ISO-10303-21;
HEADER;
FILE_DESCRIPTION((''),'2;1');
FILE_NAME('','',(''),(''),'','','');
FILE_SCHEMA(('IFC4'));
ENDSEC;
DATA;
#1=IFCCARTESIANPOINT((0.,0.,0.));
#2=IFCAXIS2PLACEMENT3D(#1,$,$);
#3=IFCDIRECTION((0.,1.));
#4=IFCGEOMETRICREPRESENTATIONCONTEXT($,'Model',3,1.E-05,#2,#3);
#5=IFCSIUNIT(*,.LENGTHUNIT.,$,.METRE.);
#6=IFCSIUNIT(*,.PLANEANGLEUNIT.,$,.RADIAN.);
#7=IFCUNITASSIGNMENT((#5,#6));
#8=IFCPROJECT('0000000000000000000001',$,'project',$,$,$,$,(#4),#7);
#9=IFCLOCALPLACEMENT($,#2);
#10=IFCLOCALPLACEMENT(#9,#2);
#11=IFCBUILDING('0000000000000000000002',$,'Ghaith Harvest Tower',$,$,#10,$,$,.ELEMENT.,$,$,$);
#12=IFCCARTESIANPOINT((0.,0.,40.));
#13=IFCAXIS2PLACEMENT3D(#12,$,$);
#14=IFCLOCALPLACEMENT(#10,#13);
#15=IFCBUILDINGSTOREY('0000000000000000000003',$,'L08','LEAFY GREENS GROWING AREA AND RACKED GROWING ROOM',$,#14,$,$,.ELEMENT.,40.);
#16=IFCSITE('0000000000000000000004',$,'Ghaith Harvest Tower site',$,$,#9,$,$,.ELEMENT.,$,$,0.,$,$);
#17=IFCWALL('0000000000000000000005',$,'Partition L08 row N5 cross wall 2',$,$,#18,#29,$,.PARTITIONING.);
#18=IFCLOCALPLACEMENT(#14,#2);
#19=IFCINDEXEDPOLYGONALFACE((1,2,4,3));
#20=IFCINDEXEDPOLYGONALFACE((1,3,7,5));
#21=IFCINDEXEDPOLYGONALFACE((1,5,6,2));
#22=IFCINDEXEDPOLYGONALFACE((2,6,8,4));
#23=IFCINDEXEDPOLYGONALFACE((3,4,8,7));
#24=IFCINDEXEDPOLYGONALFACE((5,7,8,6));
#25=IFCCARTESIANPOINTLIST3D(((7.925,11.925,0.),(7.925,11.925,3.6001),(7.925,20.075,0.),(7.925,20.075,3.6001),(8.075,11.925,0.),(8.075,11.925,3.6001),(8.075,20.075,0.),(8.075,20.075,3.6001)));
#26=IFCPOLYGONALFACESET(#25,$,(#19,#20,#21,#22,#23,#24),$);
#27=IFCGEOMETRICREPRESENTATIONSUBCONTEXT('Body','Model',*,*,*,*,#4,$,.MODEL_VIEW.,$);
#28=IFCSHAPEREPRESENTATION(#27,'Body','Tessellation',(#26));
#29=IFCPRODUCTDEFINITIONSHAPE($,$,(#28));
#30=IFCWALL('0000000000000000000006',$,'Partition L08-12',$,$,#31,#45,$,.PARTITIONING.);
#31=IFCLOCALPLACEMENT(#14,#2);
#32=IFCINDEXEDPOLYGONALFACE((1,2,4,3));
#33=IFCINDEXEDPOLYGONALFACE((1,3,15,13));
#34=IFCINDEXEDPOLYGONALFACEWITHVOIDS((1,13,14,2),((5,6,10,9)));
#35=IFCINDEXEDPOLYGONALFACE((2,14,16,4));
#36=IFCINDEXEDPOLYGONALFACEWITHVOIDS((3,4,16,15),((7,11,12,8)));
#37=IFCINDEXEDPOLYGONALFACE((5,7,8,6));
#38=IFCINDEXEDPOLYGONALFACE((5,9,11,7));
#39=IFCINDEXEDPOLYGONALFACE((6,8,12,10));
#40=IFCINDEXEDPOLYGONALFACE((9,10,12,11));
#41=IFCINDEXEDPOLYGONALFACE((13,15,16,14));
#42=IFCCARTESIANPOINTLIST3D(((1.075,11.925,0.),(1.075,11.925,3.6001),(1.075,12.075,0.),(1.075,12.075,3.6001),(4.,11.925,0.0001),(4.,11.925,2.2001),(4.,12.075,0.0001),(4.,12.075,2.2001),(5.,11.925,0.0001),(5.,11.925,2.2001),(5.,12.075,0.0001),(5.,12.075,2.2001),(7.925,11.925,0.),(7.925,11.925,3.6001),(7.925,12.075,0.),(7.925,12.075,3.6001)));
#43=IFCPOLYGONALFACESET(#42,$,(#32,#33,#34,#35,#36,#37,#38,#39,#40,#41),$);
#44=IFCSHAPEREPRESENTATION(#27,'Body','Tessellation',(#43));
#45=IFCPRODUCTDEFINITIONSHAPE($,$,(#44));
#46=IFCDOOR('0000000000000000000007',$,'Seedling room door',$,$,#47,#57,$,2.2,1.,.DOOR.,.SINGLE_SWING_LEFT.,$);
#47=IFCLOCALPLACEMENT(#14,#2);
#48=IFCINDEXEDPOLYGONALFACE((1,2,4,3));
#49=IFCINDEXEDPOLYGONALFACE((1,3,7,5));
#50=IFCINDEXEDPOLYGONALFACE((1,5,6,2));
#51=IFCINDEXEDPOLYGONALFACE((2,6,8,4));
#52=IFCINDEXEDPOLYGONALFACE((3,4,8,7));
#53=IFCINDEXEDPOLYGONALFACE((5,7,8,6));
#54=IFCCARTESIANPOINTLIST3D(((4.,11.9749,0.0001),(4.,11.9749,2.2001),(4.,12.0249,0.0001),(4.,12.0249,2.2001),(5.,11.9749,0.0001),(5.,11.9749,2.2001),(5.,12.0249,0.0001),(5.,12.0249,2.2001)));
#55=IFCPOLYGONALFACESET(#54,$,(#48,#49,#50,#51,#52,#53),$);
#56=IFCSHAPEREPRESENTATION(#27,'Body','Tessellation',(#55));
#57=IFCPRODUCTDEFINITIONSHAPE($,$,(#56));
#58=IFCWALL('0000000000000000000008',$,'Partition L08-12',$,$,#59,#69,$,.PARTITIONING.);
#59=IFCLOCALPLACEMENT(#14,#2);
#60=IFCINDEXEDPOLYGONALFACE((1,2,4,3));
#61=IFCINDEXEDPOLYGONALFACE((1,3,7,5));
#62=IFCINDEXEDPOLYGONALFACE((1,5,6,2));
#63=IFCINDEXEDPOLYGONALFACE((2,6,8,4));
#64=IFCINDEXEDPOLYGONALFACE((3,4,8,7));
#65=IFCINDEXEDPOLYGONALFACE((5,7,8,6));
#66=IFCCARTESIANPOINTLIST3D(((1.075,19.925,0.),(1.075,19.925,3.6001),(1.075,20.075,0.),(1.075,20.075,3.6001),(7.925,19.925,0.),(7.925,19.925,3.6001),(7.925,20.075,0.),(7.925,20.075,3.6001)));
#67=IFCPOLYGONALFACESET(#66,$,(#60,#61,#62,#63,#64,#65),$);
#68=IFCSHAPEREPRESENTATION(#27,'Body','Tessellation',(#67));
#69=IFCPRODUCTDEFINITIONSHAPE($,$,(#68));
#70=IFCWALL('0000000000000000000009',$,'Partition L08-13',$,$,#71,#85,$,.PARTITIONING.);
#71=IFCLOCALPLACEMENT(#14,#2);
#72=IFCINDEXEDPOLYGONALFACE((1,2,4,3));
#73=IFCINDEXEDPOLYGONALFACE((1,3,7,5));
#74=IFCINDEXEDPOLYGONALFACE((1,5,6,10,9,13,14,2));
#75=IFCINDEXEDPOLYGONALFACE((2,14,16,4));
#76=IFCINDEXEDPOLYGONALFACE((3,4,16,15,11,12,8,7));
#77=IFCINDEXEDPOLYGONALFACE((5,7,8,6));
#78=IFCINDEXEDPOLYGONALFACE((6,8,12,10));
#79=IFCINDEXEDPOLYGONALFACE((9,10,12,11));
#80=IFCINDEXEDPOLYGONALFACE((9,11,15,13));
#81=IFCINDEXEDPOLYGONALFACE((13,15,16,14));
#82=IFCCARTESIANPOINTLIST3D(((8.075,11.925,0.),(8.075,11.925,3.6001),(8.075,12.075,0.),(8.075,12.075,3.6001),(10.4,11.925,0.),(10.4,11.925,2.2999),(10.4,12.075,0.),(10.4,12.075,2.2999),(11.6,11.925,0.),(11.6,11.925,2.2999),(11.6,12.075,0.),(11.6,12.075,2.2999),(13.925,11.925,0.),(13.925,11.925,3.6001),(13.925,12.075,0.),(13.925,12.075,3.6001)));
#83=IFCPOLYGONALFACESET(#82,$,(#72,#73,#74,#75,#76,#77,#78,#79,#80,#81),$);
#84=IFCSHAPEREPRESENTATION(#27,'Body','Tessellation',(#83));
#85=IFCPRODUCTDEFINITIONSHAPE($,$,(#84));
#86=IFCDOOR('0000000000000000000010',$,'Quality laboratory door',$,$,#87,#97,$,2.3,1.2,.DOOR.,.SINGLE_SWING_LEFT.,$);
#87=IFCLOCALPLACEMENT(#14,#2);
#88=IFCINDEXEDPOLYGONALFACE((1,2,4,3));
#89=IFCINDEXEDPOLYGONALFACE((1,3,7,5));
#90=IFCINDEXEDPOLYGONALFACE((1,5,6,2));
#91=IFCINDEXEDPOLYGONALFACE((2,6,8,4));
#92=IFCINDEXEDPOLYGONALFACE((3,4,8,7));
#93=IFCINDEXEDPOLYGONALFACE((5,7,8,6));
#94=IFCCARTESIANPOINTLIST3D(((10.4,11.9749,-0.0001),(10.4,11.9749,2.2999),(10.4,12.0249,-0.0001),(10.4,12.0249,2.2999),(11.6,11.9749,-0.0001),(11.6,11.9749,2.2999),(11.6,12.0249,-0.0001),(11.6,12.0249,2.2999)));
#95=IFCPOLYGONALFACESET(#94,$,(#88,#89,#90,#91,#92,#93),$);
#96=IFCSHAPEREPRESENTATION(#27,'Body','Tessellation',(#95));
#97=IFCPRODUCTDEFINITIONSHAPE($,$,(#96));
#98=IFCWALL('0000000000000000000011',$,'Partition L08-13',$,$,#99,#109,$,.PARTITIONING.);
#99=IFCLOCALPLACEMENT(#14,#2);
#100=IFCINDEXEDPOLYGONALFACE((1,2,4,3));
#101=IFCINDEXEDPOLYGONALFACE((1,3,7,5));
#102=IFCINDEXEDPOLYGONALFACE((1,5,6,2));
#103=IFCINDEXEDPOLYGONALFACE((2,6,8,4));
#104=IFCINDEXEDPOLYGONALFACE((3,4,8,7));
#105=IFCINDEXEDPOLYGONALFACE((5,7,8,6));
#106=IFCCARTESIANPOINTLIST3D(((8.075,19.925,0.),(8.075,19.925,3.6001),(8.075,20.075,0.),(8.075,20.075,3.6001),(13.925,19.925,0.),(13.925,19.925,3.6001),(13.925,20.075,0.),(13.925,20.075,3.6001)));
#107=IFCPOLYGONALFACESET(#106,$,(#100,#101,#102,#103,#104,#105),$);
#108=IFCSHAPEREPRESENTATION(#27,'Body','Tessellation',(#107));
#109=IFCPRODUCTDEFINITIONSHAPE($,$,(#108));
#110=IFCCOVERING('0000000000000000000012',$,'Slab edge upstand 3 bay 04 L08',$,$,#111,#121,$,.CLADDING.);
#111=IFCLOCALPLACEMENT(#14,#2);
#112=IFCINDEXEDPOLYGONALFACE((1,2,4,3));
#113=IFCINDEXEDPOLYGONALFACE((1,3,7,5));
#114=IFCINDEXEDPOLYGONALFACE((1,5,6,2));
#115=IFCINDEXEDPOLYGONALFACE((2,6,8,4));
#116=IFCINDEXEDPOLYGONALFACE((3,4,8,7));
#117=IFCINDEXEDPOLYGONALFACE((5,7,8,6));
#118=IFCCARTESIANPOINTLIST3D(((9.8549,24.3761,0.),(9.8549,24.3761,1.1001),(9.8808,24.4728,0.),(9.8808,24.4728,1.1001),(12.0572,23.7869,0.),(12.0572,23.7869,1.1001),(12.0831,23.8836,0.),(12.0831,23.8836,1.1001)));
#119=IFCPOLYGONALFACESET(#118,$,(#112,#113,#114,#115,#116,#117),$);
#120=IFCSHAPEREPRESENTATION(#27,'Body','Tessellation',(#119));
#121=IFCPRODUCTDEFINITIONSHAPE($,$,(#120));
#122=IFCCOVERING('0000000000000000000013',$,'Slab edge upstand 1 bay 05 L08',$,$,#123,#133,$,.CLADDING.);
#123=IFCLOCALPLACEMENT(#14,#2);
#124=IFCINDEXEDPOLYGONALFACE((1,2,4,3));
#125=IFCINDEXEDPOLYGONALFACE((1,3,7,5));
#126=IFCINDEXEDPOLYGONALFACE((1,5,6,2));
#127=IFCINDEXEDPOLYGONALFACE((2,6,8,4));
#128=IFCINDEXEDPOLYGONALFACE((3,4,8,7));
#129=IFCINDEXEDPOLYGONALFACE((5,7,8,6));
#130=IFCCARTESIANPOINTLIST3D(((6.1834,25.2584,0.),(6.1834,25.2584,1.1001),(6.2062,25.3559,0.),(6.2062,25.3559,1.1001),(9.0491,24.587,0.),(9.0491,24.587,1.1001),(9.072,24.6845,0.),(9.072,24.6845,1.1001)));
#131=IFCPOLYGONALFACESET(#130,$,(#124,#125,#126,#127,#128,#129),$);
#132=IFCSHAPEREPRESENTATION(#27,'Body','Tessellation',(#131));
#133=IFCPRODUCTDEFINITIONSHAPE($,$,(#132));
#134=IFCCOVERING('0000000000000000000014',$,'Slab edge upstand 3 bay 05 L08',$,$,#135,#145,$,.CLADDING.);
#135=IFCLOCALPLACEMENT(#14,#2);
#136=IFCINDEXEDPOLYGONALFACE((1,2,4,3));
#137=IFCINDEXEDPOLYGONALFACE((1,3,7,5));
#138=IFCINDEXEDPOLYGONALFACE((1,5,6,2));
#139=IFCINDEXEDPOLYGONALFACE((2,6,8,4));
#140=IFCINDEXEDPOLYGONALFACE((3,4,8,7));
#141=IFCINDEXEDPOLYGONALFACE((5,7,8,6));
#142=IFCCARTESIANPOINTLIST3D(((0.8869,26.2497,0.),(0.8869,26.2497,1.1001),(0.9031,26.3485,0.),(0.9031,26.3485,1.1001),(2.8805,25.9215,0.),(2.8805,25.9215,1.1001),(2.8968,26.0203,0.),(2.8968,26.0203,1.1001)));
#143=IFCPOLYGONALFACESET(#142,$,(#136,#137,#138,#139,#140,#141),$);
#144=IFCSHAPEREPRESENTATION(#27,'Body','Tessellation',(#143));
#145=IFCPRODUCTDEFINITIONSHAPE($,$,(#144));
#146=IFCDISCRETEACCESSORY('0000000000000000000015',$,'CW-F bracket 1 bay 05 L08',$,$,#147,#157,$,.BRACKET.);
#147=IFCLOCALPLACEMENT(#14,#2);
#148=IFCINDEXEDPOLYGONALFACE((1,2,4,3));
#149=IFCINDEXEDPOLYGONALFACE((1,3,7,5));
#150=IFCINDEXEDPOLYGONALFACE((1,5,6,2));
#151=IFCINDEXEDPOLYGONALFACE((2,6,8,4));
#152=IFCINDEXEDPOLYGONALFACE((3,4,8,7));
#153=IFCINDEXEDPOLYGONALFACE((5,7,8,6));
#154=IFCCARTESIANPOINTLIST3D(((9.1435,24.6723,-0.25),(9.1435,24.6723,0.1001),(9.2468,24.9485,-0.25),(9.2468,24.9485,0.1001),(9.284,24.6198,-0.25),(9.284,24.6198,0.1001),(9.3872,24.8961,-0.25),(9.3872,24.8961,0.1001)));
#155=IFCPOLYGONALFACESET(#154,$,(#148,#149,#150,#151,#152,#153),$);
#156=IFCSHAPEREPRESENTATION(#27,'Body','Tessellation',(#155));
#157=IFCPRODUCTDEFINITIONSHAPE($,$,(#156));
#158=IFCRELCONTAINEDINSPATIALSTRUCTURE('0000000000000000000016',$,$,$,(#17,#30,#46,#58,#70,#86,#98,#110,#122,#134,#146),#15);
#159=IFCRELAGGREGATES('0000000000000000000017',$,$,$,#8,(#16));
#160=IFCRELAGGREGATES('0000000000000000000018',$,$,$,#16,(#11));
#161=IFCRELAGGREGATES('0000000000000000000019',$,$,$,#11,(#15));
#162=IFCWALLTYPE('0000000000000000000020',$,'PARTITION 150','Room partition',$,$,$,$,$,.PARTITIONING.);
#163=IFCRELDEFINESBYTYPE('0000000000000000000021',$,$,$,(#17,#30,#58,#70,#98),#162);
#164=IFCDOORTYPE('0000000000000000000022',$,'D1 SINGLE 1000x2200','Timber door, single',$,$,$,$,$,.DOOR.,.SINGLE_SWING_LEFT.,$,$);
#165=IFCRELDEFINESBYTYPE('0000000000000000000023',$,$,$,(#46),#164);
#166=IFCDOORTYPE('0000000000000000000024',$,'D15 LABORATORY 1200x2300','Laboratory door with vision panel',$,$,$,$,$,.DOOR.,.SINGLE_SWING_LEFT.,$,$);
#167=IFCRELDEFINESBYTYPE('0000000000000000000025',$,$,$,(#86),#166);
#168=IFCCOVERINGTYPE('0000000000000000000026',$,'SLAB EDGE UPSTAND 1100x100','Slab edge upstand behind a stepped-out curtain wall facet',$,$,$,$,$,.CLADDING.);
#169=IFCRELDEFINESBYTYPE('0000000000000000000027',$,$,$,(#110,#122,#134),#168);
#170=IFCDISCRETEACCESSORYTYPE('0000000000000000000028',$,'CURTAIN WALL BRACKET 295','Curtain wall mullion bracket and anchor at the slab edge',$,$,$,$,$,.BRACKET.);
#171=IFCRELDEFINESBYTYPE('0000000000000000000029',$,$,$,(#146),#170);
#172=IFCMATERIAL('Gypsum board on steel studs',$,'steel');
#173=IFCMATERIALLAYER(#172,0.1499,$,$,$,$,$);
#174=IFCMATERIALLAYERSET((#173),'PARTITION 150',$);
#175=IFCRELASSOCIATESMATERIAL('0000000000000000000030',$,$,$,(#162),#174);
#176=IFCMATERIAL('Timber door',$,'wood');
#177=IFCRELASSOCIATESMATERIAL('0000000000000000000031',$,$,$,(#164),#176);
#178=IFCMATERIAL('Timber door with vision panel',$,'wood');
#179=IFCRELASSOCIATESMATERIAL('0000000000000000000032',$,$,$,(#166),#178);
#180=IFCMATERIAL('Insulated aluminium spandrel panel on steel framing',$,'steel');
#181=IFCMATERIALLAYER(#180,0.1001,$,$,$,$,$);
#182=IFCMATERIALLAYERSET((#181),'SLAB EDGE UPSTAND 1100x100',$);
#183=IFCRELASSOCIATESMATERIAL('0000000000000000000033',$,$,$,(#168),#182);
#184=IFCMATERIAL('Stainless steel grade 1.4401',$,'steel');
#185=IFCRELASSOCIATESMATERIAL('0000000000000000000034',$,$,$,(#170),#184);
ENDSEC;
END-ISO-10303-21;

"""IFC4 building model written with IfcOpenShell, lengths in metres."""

from ifc_helpers import new_model, si_unit, direction, frame, frame_2d, origin, origin_2d, place, context, subcontext, project, spatial, rectangle, extrude, material, layer, layer_set, type_object, element, fill, save


model = new_model("IFC4")

# Units and contexts
model_context = context("Model", 3, precision=1e-05, world=origin(), true_north=direction((0.0, 1.0)))
body_context = subcontext(model_context, "Body", "Model", "MODEL_VIEW")
ifc_project = project(units=[si_unit("LENGTHUNIT", "METRE"), si_unit("PLANEANGLEUNIT", "RADIAN")], contexts=[model_context])

# Site, building, storey
site_placement = place(None, origin())
site = spatial("IfcSite", under=ifc_project, at=site_placement, Name="Ghaith Harvest Tower site", CompositionType="ELEMENT", RefElevation=0.0)
building_placement = place(site_placement, origin())
building = spatial("IfcBuilding", under=site, at=building_placement, Name="Ghaith Harvest Tower", CompositionType="ELEMENT")
storey_placement = place(building_placement, frame((0.0, 0.0, 40.0)))
storey = spatial("IfcBuildingStorey", under=building, at=storey_placement, Name="L08", Description="LEAFY GREENS GROWING AREA AND RACKED GROWING ROOM", CompositionType="ELEMENT", Elevation=40.0)

# Wall
ifc_material_1 = material(Name="Gypsum board on steel studs", Category="steel")
ifc_layer_1 = layer(ifc_material_1, 0.1499)
ifc_layer_set_1 = layer_set([ifc_layer_1], Name="PARTITION 150")
wall_type = type_object("IfcWallType", Name="PARTITION 150", Description="Room partition", PredefinedType="PARTITIONING", material=ifc_layer_set_1)
for number, where, z_axis, x_axis, name in (
    (1, (8.0, 11.925, 0.0), (0.0, 0.0, 1.0), (0.0, 1.0, 0.0), "Partition L08 row N5 cross wall 2"),
):
    element("IfcWall", number, at=place(storey_placement, frame(where, z_axis=z_axis, x_axis=x_axis)), inside=storey, type_object=wall_type, Name=name, PredefinedType="PARTITIONING", context=body_context, shape_type="SweptSolid", body=[
        extrude(rectangle(XDim=8.1499, YDim=0.1499, at=frame_2d((4.075, 0.0))), origin(), (0.0, 0.0, 1.0), 3.6001),
    ])

# Wall, opening, door
wall_1_placement = place(storey_placement, frame((1.075, 12.0, 0.0), z_axis=(0.0, 0.0, 1.0), x_axis=(1.0, 0.0, 0.0)))
wall_1 = element("IfcWall", 2, at=wall_1_placement, inside=storey, type_object=wall_type, Name="Partition L08-12", PredefinedType="PARTITIONING", context=body_context, shape_type="SweptSolid", body=[
    extrude(rectangle(XDim=6.8501, YDim=0.1499, at=frame_2d((3.425, 0.0))), origin(), (0.0, 0.0, 1.0), 3.6001),
])
opening_1_placement = place(wall_1_placement, frame((2.925, 0.0, 0.0)))
opening_1 = element("IfcOpeningElement", 3, at=opening_1_placement, cuts=wall_1, PredefinedType="OPENING", context=body_context, shape_type="SweptSolid", body=[
    extrude(rectangle(XDim=1.0, YDim=2.2, at=frame_2d((0.5, 1.1001))), frame((0.0, 0.085, 0.0), z_axis=(0.0, -1.0, 0.0), x_axis=(1.0, 0.0, 0.0)), (0.0, 0.0, 1.0), 0.1699),
])
ifc_material_2 = material(Name="Timber door", Category="wood")
door_type_1 = type_object("IfcDoorType", Name="D1 SINGLE 1000x2200", Description="Timber door, single", OperationType="SINGLE_SWING_LEFT", PredefinedType="DOOR", material=ifc_material_2)
door_1_placement = place(opening_1_placement, origin())
door_1 = element("IfcDoor", 4, at=door_1_placement, inside=storey, type_object=door_type_1, Name="Seedling room door", OperationType="SINGLE_SWING_LEFT", OverallHeight=2.2, OverallWidth=1.0, PredefinedType="DOOR", context=body_context, shape_type="SweptSolid", body=[
    extrude(rectangle(XDim=1.0, YDim=2.2, at=frame_2d((0.5, 1.1001))), frame((0.0, 0.0249, 0.0), z_axis=(0.0, -1.0, 0.0), x_axis=(1.0, 0.0, 0.0)), (0.0, 0.0, 1.0), 0.05),
])
fill(opening_1, door_1)

# Wall
wall_2_placement = place(storey_placement, frame((1.075, 20.0, 0.0), z_axis=(0.0, 0.0, 1.0), x_axis=(1.0, 0.0, 0.0)))
element("IfcWall", 5, at=wall_2_placement, inside=storey, type_object=wall_type, Name="Partition L08-12", PredefinedType="PARTITIONING", context=body_context, shape_type="SweptSolid", body=[
    extrude(rectangle(XDim=6.8501, YDim=0.1499, at=frame_2d((3.425, 0.0))), origin(), (0.0, 0.0, 1.0), 3.6001),
])

# Wall, opening, door
wall_3_placement = place(storey_placement, frame((8.075, 12.0, 0.0), z_axis=(0.0, 0.0, 1.0), x_axis=(1.0, 0.0, 0.0)))
wall_3 = element("IfcWall", 6, at=wall_3_placement, inside=storey, type_object=wall_type, Name="Partition L08-13", PredefinedType="PARTITIONING", context=body_context, shape_type="SweptSolid", body=[
    extrude(rectangle(XDim=5.8501, YDim=0.1499, at=frame_2d((2.925, 0.0))), origin(), (0.0, 0.0, 1.0), 3.6001),
])
opening_2_placement = place(wall_3_placement, frame((2.325, 0.0, 0.0)))
opening_2 = element("IfcOpeningElement", 7, at=opening_2_placement, cuts=wall_3, PredefinedType="OPENING", context=body_context, shape_type="SweptSolid", body=[
    extrude(rectangle(XDim=1.2, YDim=2.3, at=frame_2d((0.6001, 1.1499))), frame((0.0, 0.085, 0.0), z_axis=(0.0, -1.0, 0.0), x_axis=(1.0, 0.0, 0.0)), (0.0, 0.0, 1.0), 0.1699),
])
ifc_material_3 = material(Name="Timber door with vision panel", Category="wood")
door_type_2 = type_object("IfcDoorType", Name="D15 LABORATORY 1200x2300", Description="Laboratory door with vision panel", OperationType="SINGLE_SWING_LEFT", PredefinedType="DOOR", material=ifc_material_3)
door_2_placement = place(opening_2_placement, origin())
door_2 = element("IfcDoor", 8, at=door_2_placement, inside=storey, type_object=door_type_2, Name="Quality laboratory door", OperationType="SINGLE_SWING_LEFT", OverallHeight=2.3, OverallWidth=1.2, PredefinedType="DOOR", context=body_context, shape_type="SweptSolid", body=[
    extrude(rectangle(XDim=1.2, YDim=2.3, at=frame_2d((0.6001, 1.1499))), frame((0.0, 0.0249, 0.0), z_axis=(0.0, -1.0, 0.0), x_axis=(1.0, 0.0, 0.0)), (0.0, 0.0, 1.0), 0.05),
])
fill(opening_2, door_2)

# Wall
wall_4_placement = place(storey_placement, frame((8.075, 20.0, 0.0), z_axis=(0.0, 0.0, 1.0), x_axis=(1.0, 0.0, 0.0)))
element("IfcWall", 9, at=wall_4_placement, inside=storey, type_object=wall_type, Name="Partition L08-13", PredefinedType="PARTITIONING", context=body_context, shape_type="SweptSolid", body=[
    extrude(rectangle(XDim=5.8501, YDim=0.1499, at=frame_2d((2.925, 0.0))), origin(), (0.0, 0.0, 1.0), 3.6001),
])

# Coverings
ifc_material_4 = material(Name="Insulated aluminium spandrel panel on steel framing", Category="steel")
ifc_layer_2 = layer(ifc_material_4, 0.1001)
ifc_layer_set_2 = layer_set([ifc_layer_2], Name="SLAB EDGE UPSTAND 1100x100")
covering_type = type_object("IfcCoveringType", Name="SLAB EDGE UPSTAND 1100x100", Description="Slab edge upstand behind a stepped-out curtain wall facet", PredefinedType="CLADDING", material=ifc_layer_set_2)
covering_1_placement = place(storey_placement, frame((10.969, 24.1299, 0.0), z_axis=(0.0, 0.0, 1.0), x_axis=(-0.966024, 0.258451, 0.0)))
element("IfcCovering", 10, at=covering_1_placement, inside=storey, type_object=covering_type, Name="Slab edge upstand 3 bay 04 L08", PredefinedType="CLADDING", context=body_context, shape_type="SweptSolid", body=[
    extrude(rectangle(XDim=2.2798, YDim=0.1001, at=origin_2d()), origin(), (0.0, 0.0, 1.0), 1.1001),
])
covering_2_placement = place(storey_placement, frame((7.6277, 24.9714, 0.0), z_axis=(0.0, 0.0, 1.0), x_axis=(-0.973634, 0.228115, 0.0)))
element("IfcCovering", 11, at=covering_2_placement, inside=storey, type_object=covering_type, Name="Slab edge upstand 1 bay 05 L08", PredefinedType="CLADDING", context=body_context, shape_type="SweptSolid", body=[
    extrude(rectangle(XDim=2.9434, YDim=0.1001, at=origin_2d()), origin(), (0.0, 0.0, 1.0), 1.1001),
])
covering_3_placement = place(storey_placement, frame((1.8918, 26.135, 0.0), z_axis=(0.0, 0.0, 1.0), x_axis=(-0.986716, 0.162453, 0.0)))
element("IfcCovering", 12, at=covering_3_placement, inside=storey, type_object=covering_type, Name="Slab edge upstand 3 bay 05 L08", PredefinedType="CLADDING", context=body_context, shape_type="SweptSolid", body=[
    extrude(rectangle(XDim=2.0205, YDim=0.1001, at=origin_2d()), origin(), (0.0, 0.0, 1.0), 1.1001),
])

# Discrete accessory
ifc_material_5 = material(Name="Stainless steel grade 1.4401", Category="steel")
discrete_accessory_type = type_object("IfcDiscreteAccessoryType", Name="CURTAIN WALL BRACKET 295", Description="Curtain wall mullion bracket and anchor at the slab edge", PredefinedType="BRACKET", material=ifc_material_5)
discrete_accessory_placement = place(storey_placement, frame((9.2654, 24.7842, -0.25), z_axis=(0.0, 0.0, 1.0), x_axis=(0.350168, 0.936687, 0.0)))
element("IfcDiscreteAccessory", 13, at=discrete_accessory_placement, inside=storey, type_object=discrete_accessory_type, Name="CW-F bracket 1 bay 05 L08", PredefinedType="BRACKET", context=body_context, shape_type="SweptSolid", body=[
    extrude(rectangle(XDim=0.2949, YDim=0.1499, at=origin_2d()), origin(), (0.0, 0.0, 1.0), 0.3501),
])

save(model, "model.ifc")
